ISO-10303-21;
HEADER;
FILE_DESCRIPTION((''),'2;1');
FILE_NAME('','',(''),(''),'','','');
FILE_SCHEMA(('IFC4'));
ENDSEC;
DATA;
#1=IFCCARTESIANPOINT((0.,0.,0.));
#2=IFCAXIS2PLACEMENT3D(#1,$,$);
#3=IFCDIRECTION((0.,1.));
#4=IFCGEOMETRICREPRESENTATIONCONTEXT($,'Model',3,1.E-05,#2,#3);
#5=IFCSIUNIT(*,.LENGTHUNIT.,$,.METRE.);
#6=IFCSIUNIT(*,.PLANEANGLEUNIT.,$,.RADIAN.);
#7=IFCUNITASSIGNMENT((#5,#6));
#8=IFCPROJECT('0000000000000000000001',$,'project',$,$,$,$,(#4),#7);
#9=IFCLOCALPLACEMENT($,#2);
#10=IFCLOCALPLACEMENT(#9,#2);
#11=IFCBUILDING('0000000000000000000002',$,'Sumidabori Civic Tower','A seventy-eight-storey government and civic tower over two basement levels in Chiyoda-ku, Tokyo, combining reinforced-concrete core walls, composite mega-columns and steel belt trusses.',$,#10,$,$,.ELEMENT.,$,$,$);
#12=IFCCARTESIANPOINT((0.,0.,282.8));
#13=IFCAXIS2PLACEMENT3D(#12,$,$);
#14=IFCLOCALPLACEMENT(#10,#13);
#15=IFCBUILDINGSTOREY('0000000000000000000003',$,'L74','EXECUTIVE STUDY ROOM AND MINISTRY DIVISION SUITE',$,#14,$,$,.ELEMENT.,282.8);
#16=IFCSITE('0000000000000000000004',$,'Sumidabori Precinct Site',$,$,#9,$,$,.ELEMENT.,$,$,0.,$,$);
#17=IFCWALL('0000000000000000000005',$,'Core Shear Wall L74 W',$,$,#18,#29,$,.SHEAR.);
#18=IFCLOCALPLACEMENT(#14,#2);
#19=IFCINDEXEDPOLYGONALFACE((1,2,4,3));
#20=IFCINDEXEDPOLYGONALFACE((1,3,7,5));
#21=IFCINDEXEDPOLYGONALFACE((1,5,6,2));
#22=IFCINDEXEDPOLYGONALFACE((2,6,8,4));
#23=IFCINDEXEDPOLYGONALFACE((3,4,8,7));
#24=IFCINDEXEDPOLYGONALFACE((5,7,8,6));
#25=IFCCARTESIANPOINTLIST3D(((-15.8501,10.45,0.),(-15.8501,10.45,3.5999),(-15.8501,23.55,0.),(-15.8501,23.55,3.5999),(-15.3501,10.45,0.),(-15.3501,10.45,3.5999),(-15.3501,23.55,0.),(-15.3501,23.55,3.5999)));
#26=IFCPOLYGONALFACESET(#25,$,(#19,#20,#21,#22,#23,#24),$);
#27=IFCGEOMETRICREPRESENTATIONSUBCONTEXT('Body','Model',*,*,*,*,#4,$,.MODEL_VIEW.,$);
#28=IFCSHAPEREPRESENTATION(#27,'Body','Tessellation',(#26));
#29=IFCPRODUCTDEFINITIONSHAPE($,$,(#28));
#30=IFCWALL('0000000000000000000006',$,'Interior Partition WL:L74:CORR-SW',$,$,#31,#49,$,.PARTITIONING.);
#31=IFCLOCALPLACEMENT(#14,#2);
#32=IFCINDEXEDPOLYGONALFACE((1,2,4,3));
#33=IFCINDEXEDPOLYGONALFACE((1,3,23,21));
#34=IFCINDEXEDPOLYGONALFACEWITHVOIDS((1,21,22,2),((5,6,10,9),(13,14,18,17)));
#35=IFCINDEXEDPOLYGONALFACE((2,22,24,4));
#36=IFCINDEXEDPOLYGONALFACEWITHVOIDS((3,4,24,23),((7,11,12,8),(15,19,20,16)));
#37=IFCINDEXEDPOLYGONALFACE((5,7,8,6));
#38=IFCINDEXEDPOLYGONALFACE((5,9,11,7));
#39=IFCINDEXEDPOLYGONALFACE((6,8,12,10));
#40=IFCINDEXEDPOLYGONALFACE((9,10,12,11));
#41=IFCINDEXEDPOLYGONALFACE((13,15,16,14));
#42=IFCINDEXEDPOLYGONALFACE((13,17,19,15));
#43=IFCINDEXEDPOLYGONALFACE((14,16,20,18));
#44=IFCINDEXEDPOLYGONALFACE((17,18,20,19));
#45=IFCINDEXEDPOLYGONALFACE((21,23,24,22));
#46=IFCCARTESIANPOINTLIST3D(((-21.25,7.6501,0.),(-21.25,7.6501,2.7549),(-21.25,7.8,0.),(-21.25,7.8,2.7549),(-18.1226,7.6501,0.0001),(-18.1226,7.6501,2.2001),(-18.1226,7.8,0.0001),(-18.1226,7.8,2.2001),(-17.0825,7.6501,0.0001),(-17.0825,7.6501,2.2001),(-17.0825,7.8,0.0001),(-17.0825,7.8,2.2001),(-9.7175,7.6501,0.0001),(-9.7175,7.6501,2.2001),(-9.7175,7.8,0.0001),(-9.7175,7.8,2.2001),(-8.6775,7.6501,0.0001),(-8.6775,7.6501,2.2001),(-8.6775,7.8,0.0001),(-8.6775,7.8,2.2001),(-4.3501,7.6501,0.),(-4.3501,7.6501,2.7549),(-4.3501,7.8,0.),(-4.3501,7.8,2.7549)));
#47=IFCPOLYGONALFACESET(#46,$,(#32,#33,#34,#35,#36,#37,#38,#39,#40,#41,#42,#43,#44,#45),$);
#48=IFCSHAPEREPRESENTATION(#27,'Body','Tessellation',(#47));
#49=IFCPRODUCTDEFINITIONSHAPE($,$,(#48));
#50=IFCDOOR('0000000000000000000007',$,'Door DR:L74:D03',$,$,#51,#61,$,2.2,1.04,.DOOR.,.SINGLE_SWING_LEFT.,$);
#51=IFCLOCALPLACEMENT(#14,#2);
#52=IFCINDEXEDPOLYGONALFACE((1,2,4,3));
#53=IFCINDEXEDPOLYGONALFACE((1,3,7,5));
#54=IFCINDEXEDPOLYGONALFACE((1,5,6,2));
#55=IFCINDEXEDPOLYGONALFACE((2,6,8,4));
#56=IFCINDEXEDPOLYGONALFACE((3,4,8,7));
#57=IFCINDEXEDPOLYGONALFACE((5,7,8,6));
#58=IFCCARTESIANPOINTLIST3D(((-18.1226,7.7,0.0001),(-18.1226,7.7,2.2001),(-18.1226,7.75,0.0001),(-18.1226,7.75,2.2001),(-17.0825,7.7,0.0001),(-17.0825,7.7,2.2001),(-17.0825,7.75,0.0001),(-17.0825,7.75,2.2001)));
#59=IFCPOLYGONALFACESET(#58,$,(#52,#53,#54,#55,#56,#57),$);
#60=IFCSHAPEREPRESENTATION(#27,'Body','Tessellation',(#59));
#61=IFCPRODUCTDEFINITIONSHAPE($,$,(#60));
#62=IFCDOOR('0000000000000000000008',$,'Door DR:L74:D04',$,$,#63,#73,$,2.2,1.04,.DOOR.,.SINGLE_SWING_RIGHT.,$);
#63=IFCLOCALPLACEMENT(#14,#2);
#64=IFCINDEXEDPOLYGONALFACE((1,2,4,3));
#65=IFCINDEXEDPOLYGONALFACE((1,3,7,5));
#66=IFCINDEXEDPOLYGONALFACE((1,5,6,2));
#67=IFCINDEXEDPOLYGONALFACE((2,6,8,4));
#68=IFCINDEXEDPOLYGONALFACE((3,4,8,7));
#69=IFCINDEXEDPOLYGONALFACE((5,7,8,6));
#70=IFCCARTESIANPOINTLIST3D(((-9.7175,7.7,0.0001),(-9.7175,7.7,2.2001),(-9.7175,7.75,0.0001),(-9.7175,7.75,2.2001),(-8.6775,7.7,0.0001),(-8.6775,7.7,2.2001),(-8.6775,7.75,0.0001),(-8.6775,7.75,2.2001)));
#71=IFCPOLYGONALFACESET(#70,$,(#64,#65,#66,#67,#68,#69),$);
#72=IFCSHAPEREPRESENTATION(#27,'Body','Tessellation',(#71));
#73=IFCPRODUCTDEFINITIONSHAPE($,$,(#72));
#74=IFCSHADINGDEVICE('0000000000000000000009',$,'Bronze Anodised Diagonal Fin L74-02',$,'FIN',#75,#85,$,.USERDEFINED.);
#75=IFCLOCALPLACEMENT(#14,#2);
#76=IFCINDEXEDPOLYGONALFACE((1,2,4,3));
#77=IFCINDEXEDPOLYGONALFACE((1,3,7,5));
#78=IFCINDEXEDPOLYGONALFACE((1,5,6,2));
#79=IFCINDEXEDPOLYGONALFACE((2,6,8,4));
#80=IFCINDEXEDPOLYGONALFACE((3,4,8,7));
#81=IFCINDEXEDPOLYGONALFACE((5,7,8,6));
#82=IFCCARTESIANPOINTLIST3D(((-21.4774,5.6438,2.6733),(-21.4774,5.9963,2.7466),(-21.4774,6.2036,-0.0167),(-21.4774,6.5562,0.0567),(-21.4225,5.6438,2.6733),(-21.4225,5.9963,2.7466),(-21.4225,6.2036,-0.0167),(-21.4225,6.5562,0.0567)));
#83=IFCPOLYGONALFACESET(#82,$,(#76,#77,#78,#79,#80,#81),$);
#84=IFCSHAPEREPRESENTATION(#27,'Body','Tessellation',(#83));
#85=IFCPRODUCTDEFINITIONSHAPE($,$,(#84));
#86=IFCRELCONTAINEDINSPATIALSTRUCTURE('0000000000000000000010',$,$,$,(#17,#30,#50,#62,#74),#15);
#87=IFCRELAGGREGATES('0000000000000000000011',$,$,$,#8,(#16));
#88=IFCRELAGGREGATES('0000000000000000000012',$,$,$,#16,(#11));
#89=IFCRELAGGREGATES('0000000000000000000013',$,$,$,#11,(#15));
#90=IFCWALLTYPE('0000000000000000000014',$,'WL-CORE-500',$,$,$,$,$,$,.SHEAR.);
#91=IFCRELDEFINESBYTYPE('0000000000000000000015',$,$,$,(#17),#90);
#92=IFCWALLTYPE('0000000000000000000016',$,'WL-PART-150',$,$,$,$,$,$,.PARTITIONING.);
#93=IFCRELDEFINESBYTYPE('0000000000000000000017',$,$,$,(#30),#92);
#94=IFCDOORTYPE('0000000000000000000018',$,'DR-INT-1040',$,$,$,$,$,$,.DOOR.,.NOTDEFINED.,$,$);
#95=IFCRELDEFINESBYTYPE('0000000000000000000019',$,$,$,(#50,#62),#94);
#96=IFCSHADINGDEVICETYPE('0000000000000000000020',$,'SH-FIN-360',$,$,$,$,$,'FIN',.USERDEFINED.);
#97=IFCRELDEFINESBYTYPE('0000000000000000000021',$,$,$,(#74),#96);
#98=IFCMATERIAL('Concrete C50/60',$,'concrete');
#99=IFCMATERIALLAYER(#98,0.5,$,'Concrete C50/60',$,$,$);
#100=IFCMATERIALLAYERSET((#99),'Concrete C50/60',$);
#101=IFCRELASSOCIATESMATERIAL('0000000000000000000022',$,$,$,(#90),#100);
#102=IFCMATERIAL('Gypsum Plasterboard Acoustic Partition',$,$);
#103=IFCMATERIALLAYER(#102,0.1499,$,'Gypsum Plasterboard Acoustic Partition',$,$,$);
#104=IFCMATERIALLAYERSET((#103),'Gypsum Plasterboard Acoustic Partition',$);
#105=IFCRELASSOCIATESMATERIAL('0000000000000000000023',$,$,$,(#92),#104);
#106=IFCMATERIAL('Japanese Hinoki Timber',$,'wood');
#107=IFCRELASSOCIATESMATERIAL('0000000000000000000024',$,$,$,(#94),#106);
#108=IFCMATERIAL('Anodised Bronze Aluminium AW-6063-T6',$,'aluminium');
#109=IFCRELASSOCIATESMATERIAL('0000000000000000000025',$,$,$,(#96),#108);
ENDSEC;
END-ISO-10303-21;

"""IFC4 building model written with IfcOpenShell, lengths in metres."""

from ifc_helpers import new_model, si_unit, direction, frame, frame_2d, origin, origin_2d, place, context, subcontext, project, spatial, rectangle, extrude, source, transform, mapped, material, layer, layer_set, material_profile, profile_set, type_object, element, fill, save


model = new_model("IFC4")

# Units and contexts
model_context = context("Model", 3, precision=1e-05, world=origin(), true_north=direction((0.0, 1.0)))
body_context = subcontext(model_context, "Body", "Model", "MODEL_VIEW")
ifc_project = project(units=[si_unit("LENGTHUNIT", "METRE"), si_unit("PLANEANGLEUNIT", "RADIAN")], contexts=[model_context])

# Site, building, storey
site_placement = place(None, origin())
site = spatial("IfcSite", under=ifc_project, at=site_placement, Name="Sumidabori Precinct Site", CompositionType="ELEMENT", RefElevation=0.0)
building_placement = place(site_placement, origin())
building = spatial("IfcBuilding", under=site, at=building_placement, Name="Sumidabori Civic Tower", Description="A seventy-eight-storey government and civic tower over two basement levels in Chiyoda-ku, Tokyo, combining reinforced-concrete core walls, composite mega-columns and steel belt trusses.", CompositionType="ELEMENT")
storey_placement = place(building_placement, frame((0.0, 0.0, 282.8)))
storey = spatial("IfcBuildingStorey", under=building, at=storey_placement, Name="L74", Description="EXECUTIVE STUDY ROOM AND MINISTRY DIVISION SUITE", CompositionType="ELEMENT", Elevation=282.8)

# Shared definitions
ifc_material_1 = material(Name="Concrete C50/60", Category="concrete")

# Shared definitions
ifc_material_2 = material(Name="Anodised Bronze Aluminium AW-6063-T6", Category="aluminium")

# Wall
ifc_layer_1 = layer(ifc_material_1, 0.5, Name="Concrete C50/60")
ifc_layer_set_1 = layer_set([ifc_layer_1], Name="Concrete C50/60")
wall_type_1 = type_object("IfcWallType", Name="WL-CORE-500", PredefinedType="SHEAR", material=ifc_layer_set_1)
shared_shape_1 = source(origin(), body_context, "Body", "SweptSolid", [
    extrude(rectangle(XDim=13.1001, YDim=0.5, at=frame_2d((6.55, 0.0))), origin(), (0.0, 0.0, 1.0), 3.5999),
])
wall_1_placement = place(storey_placement, frame((-15.6001, 10.45, 0.0), z_axis=(0.0, 0.0, 1.0), x_axis=(0.0, 1.0, 0.0)))
element("IfcWall", 1, at=wall_1_placement, inside=storey, type_object=wall_type_1, Name="Core Shear Wall L74 W", PredefinedType="SHEAR", context=body_context, shape_type="MappedRepresentation", body=[
    mapped(shared_shape_1, transform((0.0, 0.0, 0.0), x_axis=(1.0, 0.0, 0.0), y_axis=(0.0, 1.0, 0.0), z_axis=(0.0, 0.0, 1.0), scale=1.0)),
])

# Shared definitions
ifc_material_3 = material(Name="Gypsum Plasterboard Acoustic Partition")
ifc_layer_2 = layer(ifc_material_3, 0.1499, Name="Gypsum Plasterboard Acoustic Partition")
ifc_layer_set_2 = layer_set([ifc_layer_2], Name="Gypsum Plasterboard Acoustic Partition")
wall_type_2 = type_object("IfcWallType", Name="WL-PART-150", PredefinedType="PARTITIONING", material=ifc_layer_set_2)
ifc_material_4 = material(Name="Japanese Hinoki Timber", Category="wood")

# Wall, openings, doors
shared_shape_2 = source(origin(), body_context, "Body", "SweptSolid", [
    extrude(rectangle(XDim=16.8999, YDim=0.1499, at=frame_2d((8.45, 0.0))), origin(), (0.0, 0.0, 1.0), 2.7549),
])
wall_2_placement = place(storey_placement, frame((-21.25, 7.7251, 0.0), z_axis=(0.0, 0.0, 1.0), x_axis=(1.0, 0.0, 0.0)))
wall_2 = element("IfcWall", 2, at=wall_2_placement, inside=storey, type_object=wall_type_2, Name="Interior Partition WL:L74:CORR-SW", PredefinedType="PARTITIONING", context=body_context, shape_type="MappedRepresentation", body=[
    mapped(shared_shape_2, transform((0.0, 0.0, 0.0), x_axis=(1.0, 0.0, 0.0), y_axis=(0.0, 1.0, 0.0), z_axis=(0.0, 0.0, 1.0), scale=1.0)),
])
opening_1_placement = place(wall_2_placement, frame((3.1274, 0.0, 0.0)))
opening_1 = element("IfcOpeningElement", 3, at=opening_1_placement, cuts=wall_2, PredefinedType="OPENING", context=body_context, shape_type="SweptSolid", body=[
    extrude(rectangle(XDim=1.04, YDim=2.2, at=frame_2d((0.52, 1.1001))), frame((0.0, 0.0869, 0.0), z_axis=(0.0, -1.0, 0.0), x_axis=(1.0, 0.0, 0.0)), (0.0, 0.0, 1.0), 0.1738),
])
opening_2_placement = place(wall_2_placement, frame((11.5325, 0.0, 0.0)))
opening_2 = element("IfcOpeningElement", 4, at=opening_2_placement, cuts=wall_2, PredefinedType="OPENING", context=body_context, shape_type="SweptSolid", body=[
    extrude(rectangle(XDim=1.04, YDim=2.2, at=frame_2d((0.52, 1.1001))), frame((0.0, 0.0869, 0.0), z_axis=(0.0, -1.0, 0.0), x_axis=(1.0, 0.0, 0.0)), (0.0, 0.0, 1.0), 0.1738),
])
door_type_1 = type_object("IfcDoorType", Name="DR-INT-1040", OperationType="NOTDEFINED", PredefinedType="DOOR", material=ifc_material_4)
shared_shape_3 = source(origin(), body_context, "Body", "SweptSolid", [
    extrude(rectangle(XDim=1.04, YDim=2.2, at=frame_2d((0.52, 1.1001))), frame((0.0, 0.0249, 0.0), z_axis=(0.0, -1.0, 0.0), x_axis=(1.0, 0.0, 0.0)), (0.0, 0.0, 1.0), 0.05),
])
door_1_placement = place(opening_1_placement, origin())
door_1 = element("IfcDoor", 5, at=door_1_placement, inside=storey, type_object=door_type_1, Name="Door DR:L74:D03", OperationType="SINGLE_SWING_LEFT", OverallHeight=2.2, OverallWidth=1.04, PredefinedType="DOOR", context=body_context, shape_type="MappedRepresentation", body=[
    mapped(shared_shape_3, transform((0.0, 0.0, 0.0), x_axis=(1.0, 0.0, 0.0), y_axis=(0.0, 1.0, 0.0), z_axis=(0.0, 0.0, 1.0), scale=1.0)),
])
fill(opening_1, door_1)
door_2_placement = place(opening_2_placement, origin())
door_2 = element("IfcDoor", 6, at=door_2_placement, inside=storey, type_object=door_type_1, Name="Door DR:L74:D04", OperationType="SINGLE_SWING_RIGHT", OverallHeight=2.2, OverallWidth=1.04, PredefinedType="DOOR", context=body_context, shape_type="MappedRepresentation", body=[
    mapped(shared_shape_3, transform((0.0, 0.0, 0.0), x_axis=(1.0, 0.0, 0.0), y_axis=(0.0, 1.0, 0.0), z_axis=(0.0, 0.0, 1.0), scale=1.0)),
])
fill(opening_2, door_2)

# Shading device
ifc_material_profile_1 = material_profile(ifc_material_2, rectangle(XDim=0.0549, YDim=0.3601, at=origin_2d()), Name="BRONZE FIN 360x55")
ifc_profile_set_1 = profile_set([ifc_material_profile_1], Name="Anodised Bronze Aluminium AW-6063-T6")
shading_device_type = type_object("IfcShadingDeviceType", Name="SH-FIN-360", ElementType="FIN", PredefinedType="USERDEFINED", material=ifc_profile_set_1)
shared_shape_4 = source(origin(), body_context, "Body", "SweptSolid", [
    extrude(rectangle(XDim=0.0549, YDim=0.3601, at=origin_2d()), origin(), (0.0, 0.0, 1.0), 2.7476),
])
shading_device_placement = place(storey_placement, frame((-21.45, 6.3799, 0.02), z_axis=(0.0, -0.203748, 0.979023), x_axis=(-1.0, 0.0, 0.0)))
element("IfcShadingDevice", 7, at=shading_device_placement, inside=storey, type_object=shading_device_type, Name="Bronze Anodised Diagonal Fin L74-02", ObjectType="FIN", PredefinedType="USERDEFINED", context=body_context, shape_type="MappedRepresentation", body=[
    mapped(shared_shape_4, transform((0.0, 0.0, 0.0), x_axis=(1.0, 0.0, 0.0), y_axis=(0.0, 1.0, 0.0), z_axis=(0.0, 0.0, 1.0), scale=1.0)),
])

save(model, "model.ifc")
